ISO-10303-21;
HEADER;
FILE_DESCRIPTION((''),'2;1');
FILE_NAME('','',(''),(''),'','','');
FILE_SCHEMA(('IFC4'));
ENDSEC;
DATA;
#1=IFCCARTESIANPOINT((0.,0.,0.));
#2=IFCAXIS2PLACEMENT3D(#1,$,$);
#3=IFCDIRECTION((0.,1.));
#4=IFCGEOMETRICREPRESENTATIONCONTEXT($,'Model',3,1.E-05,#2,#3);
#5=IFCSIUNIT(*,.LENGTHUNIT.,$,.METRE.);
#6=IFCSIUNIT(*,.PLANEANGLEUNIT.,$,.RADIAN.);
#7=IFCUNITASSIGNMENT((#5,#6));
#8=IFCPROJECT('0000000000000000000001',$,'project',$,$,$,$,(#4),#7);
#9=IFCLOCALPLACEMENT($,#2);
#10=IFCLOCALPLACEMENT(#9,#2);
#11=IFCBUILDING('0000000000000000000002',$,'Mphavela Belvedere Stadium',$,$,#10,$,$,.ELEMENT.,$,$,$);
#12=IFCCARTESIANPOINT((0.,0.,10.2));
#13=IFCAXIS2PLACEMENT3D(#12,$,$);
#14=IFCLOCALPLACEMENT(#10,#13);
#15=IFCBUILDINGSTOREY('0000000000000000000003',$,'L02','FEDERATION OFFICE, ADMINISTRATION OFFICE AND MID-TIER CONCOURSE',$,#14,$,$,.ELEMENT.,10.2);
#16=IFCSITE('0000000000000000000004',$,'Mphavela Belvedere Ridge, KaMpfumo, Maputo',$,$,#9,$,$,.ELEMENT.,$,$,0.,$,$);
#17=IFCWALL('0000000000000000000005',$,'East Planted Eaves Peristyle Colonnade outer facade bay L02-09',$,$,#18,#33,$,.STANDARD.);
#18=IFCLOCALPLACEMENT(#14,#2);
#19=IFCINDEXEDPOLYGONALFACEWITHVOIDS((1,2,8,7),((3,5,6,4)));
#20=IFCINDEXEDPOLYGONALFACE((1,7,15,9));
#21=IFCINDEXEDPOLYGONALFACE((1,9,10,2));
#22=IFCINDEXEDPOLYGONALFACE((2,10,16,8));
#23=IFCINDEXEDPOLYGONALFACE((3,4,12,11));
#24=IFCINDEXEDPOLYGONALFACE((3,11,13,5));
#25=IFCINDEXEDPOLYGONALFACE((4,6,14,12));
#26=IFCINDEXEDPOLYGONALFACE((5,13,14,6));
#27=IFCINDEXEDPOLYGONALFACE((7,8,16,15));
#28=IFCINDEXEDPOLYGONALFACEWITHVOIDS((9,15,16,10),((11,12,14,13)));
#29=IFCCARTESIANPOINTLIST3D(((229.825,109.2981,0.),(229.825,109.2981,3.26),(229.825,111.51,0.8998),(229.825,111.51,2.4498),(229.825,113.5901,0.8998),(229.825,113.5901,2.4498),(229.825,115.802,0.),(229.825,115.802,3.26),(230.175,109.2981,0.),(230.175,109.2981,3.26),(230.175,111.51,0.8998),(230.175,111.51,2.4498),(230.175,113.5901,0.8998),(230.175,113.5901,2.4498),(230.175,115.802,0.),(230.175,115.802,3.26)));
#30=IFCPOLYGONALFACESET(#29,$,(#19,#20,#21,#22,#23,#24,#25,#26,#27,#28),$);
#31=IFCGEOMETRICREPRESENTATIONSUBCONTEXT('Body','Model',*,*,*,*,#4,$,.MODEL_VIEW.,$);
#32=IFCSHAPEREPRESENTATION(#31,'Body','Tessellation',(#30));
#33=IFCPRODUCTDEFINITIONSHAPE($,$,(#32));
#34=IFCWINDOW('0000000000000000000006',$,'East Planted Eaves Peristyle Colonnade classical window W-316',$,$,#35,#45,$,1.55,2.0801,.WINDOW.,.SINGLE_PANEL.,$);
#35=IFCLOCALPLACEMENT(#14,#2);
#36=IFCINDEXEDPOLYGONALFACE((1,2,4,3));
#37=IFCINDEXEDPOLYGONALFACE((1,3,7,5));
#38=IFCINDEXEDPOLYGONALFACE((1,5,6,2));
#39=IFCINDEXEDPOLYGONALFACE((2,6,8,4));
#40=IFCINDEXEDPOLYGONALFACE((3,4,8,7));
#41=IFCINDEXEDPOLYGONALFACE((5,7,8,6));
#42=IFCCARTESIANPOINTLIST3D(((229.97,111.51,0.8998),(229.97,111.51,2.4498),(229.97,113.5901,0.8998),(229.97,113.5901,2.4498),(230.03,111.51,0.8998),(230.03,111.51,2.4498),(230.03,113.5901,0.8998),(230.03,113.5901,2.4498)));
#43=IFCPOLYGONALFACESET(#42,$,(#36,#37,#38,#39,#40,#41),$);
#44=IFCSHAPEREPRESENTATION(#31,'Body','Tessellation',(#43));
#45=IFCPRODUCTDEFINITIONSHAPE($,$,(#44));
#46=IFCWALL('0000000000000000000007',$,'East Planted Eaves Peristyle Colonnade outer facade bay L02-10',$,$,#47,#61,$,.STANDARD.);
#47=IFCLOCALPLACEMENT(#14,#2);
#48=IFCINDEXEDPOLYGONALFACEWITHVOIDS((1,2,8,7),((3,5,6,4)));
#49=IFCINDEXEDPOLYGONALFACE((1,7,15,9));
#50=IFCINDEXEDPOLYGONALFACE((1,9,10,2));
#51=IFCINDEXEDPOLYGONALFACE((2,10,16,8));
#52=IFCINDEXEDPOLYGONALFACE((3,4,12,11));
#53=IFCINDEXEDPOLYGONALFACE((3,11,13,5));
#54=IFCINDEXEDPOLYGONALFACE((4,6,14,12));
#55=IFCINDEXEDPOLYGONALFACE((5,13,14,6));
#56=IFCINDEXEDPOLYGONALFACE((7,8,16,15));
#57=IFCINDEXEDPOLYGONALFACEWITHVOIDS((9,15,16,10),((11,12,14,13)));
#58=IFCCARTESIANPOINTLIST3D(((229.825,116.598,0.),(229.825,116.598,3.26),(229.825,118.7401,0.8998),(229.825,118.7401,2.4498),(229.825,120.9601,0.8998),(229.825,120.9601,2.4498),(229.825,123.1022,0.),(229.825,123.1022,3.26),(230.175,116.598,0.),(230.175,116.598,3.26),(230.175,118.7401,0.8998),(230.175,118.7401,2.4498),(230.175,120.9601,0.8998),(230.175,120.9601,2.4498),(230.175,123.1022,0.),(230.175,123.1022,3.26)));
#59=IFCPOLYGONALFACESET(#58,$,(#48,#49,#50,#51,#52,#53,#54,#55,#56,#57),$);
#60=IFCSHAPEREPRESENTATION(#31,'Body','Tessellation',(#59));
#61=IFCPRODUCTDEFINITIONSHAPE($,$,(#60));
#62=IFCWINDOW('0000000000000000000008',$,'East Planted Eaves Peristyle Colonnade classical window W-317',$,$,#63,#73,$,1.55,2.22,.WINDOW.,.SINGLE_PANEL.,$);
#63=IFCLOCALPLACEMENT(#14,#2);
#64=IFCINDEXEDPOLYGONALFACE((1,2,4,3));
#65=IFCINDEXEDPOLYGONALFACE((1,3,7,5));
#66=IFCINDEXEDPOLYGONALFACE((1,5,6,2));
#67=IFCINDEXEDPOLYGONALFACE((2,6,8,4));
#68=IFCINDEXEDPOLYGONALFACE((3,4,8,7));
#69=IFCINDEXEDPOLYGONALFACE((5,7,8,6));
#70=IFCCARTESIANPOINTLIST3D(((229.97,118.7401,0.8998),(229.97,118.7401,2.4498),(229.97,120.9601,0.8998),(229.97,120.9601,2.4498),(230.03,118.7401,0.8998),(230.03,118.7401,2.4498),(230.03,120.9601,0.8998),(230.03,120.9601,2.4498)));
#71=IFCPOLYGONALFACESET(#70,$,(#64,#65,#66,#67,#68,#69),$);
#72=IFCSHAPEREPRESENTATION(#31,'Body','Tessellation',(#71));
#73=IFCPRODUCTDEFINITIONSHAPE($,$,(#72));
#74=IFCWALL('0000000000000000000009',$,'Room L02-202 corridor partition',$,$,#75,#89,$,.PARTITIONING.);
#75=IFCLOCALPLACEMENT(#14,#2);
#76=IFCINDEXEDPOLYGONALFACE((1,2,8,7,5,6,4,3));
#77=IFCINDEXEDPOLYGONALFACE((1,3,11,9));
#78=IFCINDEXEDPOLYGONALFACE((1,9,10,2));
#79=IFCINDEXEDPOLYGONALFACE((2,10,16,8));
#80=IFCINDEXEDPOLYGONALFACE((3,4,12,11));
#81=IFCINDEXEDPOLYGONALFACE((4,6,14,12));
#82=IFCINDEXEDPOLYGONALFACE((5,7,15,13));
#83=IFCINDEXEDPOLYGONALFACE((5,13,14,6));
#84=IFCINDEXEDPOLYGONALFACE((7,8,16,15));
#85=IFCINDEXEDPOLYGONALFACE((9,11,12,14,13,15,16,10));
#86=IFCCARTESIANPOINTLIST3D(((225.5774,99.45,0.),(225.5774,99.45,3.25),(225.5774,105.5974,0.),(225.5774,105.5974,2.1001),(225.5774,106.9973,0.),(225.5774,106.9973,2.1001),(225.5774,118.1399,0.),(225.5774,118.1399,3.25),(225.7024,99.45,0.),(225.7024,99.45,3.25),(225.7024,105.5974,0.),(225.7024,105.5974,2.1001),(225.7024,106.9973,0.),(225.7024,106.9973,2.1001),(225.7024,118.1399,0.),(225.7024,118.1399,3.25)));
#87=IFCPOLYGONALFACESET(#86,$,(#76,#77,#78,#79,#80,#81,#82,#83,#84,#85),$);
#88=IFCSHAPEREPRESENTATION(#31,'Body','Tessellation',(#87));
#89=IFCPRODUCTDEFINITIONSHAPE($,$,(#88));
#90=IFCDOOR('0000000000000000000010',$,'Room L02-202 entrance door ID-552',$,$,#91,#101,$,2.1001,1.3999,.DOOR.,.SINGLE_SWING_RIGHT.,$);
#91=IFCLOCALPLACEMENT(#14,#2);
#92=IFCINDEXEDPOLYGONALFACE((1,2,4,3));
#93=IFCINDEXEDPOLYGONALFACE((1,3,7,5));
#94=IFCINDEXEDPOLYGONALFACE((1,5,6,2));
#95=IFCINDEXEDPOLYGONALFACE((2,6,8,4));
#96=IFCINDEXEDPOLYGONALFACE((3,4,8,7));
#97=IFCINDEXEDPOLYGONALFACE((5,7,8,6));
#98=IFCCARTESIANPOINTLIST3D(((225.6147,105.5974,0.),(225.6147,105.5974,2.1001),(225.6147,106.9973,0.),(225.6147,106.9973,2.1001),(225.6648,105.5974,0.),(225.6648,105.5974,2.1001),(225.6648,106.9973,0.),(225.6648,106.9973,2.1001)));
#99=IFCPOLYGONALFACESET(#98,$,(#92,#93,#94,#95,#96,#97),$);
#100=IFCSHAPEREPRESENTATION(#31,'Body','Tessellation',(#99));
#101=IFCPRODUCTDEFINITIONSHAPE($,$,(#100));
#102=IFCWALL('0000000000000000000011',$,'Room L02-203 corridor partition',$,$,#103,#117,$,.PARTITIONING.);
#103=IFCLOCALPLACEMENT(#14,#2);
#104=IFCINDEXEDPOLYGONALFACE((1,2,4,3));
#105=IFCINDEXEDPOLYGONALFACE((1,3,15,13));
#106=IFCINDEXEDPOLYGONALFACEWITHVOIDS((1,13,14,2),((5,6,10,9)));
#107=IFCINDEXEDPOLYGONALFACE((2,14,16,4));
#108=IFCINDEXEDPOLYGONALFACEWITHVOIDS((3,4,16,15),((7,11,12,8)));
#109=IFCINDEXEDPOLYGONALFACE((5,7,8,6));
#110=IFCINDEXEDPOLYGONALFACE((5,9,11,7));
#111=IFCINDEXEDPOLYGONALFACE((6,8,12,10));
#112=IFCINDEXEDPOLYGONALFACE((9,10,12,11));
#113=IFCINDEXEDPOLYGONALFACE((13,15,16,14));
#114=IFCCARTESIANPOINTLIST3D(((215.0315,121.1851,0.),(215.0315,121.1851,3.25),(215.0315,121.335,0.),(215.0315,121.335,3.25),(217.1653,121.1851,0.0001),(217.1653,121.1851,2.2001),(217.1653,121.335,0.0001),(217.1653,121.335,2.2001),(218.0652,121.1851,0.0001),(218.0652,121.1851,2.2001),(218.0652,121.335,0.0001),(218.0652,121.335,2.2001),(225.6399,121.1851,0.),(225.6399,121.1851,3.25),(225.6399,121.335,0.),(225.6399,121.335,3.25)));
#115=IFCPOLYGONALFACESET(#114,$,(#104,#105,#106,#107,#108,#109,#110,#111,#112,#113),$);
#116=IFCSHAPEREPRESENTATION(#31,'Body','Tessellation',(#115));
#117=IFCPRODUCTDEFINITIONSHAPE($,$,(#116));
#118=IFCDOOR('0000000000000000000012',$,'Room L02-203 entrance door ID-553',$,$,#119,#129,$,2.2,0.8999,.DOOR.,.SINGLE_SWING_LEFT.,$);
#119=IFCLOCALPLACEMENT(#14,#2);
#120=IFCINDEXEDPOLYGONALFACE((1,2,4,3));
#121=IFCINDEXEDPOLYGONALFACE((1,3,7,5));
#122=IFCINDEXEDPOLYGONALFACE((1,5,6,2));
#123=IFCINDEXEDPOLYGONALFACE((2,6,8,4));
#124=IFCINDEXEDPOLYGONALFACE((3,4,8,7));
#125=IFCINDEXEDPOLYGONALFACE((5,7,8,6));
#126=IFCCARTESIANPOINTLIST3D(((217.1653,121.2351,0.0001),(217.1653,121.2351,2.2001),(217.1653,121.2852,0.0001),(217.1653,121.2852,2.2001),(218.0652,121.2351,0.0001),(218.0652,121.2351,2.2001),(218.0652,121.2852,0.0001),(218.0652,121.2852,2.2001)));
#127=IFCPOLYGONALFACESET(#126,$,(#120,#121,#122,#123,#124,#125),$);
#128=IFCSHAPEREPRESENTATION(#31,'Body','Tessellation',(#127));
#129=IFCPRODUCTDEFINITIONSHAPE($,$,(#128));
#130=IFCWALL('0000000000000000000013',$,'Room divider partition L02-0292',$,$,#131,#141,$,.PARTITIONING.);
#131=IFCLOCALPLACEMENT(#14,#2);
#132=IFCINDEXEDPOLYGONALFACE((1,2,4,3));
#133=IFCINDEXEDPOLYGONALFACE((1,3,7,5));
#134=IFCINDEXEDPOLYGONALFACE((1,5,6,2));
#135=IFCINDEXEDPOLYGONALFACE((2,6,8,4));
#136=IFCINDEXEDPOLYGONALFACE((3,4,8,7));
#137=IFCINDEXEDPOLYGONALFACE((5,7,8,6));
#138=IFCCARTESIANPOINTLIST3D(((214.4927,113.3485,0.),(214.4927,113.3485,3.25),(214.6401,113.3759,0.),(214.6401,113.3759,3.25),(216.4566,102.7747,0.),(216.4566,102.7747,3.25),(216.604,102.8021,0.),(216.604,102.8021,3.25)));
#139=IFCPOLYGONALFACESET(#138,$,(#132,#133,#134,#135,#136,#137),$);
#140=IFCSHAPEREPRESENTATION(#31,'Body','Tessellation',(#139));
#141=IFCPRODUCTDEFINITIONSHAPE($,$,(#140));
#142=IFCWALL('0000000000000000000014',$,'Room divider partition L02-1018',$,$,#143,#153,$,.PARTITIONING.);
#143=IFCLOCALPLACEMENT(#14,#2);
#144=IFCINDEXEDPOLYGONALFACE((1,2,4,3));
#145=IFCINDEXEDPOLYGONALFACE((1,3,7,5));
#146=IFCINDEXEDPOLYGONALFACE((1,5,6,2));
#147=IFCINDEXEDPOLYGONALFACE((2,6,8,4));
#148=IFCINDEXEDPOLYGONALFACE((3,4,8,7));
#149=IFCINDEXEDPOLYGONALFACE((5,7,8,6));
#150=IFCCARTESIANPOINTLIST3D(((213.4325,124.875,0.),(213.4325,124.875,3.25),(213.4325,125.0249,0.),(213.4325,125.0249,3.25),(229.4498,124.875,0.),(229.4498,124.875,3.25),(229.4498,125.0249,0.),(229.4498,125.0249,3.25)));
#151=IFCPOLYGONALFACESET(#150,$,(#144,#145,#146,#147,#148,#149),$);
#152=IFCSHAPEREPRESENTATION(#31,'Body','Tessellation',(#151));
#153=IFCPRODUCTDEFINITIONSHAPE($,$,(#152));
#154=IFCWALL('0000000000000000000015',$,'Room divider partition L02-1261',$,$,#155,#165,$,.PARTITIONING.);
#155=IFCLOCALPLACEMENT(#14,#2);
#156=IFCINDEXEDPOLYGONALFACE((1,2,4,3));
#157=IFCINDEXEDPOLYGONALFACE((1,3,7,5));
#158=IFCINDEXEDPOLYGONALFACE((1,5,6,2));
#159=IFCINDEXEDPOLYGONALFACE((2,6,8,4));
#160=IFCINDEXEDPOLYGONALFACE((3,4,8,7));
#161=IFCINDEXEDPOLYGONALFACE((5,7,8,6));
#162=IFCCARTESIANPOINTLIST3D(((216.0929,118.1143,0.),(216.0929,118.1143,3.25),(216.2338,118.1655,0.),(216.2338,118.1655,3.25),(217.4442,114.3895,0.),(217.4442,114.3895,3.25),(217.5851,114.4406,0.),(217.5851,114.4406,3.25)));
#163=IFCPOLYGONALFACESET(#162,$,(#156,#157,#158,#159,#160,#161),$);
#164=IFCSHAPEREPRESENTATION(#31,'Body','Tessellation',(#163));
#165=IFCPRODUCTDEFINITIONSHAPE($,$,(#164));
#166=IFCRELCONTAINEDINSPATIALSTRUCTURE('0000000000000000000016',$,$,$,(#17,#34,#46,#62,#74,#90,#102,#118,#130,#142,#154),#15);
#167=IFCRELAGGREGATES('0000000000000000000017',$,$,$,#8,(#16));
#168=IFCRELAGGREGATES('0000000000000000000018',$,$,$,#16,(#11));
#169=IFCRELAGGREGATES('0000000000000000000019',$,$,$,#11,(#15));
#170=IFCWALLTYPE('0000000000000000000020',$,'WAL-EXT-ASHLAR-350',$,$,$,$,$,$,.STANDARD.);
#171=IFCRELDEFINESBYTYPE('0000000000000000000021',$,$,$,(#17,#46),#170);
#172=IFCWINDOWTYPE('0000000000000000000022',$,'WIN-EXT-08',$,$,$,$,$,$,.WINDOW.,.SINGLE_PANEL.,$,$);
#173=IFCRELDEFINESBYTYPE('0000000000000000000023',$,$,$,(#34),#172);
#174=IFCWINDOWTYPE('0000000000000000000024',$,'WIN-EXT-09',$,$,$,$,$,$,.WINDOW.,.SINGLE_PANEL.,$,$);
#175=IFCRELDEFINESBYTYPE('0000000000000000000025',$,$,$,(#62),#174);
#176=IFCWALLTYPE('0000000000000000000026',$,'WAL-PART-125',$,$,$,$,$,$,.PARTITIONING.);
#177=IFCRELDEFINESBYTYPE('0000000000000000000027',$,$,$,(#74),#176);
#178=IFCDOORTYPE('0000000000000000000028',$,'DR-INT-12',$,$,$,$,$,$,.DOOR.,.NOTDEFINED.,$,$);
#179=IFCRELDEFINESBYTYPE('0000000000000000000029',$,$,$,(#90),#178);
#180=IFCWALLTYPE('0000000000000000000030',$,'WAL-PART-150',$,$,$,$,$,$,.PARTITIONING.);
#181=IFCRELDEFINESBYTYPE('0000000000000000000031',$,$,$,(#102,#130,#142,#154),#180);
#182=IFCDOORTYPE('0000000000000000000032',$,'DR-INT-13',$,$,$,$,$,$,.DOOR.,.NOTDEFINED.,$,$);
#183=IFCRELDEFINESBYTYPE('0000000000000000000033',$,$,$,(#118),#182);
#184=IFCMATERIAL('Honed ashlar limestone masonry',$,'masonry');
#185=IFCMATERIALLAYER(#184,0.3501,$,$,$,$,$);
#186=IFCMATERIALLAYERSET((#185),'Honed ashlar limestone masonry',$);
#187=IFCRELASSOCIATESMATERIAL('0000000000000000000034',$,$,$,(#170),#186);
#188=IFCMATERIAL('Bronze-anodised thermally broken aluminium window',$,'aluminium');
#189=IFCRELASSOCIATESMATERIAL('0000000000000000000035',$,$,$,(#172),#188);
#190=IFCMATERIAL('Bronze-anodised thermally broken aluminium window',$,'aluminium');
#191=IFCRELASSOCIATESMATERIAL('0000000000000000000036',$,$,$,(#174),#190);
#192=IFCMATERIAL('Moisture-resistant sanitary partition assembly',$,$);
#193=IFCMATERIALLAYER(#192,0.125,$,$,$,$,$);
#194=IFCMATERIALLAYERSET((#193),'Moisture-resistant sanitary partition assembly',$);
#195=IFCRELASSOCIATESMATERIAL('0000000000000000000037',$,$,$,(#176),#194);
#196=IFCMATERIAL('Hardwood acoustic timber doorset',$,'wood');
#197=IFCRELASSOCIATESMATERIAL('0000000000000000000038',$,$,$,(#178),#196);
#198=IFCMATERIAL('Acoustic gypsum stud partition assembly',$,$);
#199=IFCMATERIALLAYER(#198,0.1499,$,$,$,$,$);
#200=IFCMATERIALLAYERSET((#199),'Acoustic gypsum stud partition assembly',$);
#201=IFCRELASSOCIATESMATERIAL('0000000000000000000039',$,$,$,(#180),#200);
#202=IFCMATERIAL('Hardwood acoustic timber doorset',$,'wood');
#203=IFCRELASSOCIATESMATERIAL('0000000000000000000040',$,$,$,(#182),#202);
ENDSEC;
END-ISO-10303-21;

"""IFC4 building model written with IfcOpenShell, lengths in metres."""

from ifc_helpers import new_model, si_unit, direction, frame, frame_2d, origin, place, context, subcontext, project, spatial, rectangle, extrude, material, layer, layer_set, type_object, element, fill, save


model = new_model("IFC4")

# Units and contexts
model_context = context("Model", 3, precision=1e-05, world=origin(), true_north=direction((0.0, 1.0)))
body_context = subcontext(model_context, "Body", "Model", "MODEL_VIEW")
ifc_project = project(units=[si_unit("LENGTHUNIT", "METRE"), si_unit("PLANEANGLEUNIT", "RADIAN")], contexts=[model_context])

# Site, building, storey
site_placement = place(None, origin())
site = spatial("IfcSite", under=ifc_project, at=site_placement, Name="Mphavela Belvedere Ridge, KaMpfumo, Maputo", CompositionType="ELEMENT", RefElevation=0.0)
building_placement = place(site_placement, origin())
building = spatial("IfcBuilding", under=site, at=building_placement, Name="Mphavela Belvedere Stadium", CompositionType="ELEMENT")
storey_placement = place(building_placement, frame((0.0, 0.0, 10.2)))
storey = spatial("IfcBuildingStorey", under=building, at=storey_placement, Name="L02", Description="FEDERATION OFFICE, ADMINISTRATION OFFICE AND MID-TIER CONCOURSE", CompositionType="ELEMENT", Elevation=10.2)

# Walls, openings, windows
ifc_material_1 = material(Name="Honed ashlar limestone masonry", Category="masonry")
ifc_layer_1 = layer(ifc_material_1, 0.3501)
ifc_layer_set_1 = layer_set([ifc_layer_1], Name="Honed ashlar limestone masonry")
wall_type_1 = type_object("IfcWallType", Name="WAL-EXT-ASHLAR-350", PredefinedType="STANDARD", material=ifc_layer_set_1)
wall_1_placement = place(storey_placement, frame((230.0, 115.802, 0.0), z_axis=(0.0, 0.0, 1.0), x_axis=(0.0, -1.0, 0.0)))
wall_1 = element("IfcWall", 1, at=wall_1_placement, inside=storey, type_object=wall_type_1, Name="East Planted Eaves Peristyle Colonnade outer facade bay L02-09", PredefinedType="STANDARD", context=body_context, shape_type="SweptSolid", body=[
    extrude(rectangle(XDim=6.5039, YDim=0.3501, at=frame_2d((3.252, 0.0))), origin(), (0.0, 0.0, 1.0), 3.26),
])
opening_1_placement = place(wall_1_placement, frame((2.2119, 0.0, 0.8999)))
opening_1 = element("IfcOpeningElement", 2, at=opening_1_placement, cuts=wall_1, PredefinedType="OPENING", context=body_context, shape_type="SweptSolid", body=[
    extrude(rectangle(XDim=2.0801, YDim=1.55, at=frame_2d((1.04, 0.7749))), frame((0.0, 0.1851, 0.0), z_axis=(0.0, -1.0, 0.0), x_axis=(1.0, 0.0, 0.0)), (0.0, 0.0, 1.0), 0.3701),
])
ifc_material_2 = material(Name="Bronze-anodised thermally broken aluminium window", Category="aluminium")
window_type_1 = type_object("IfcWindowType", Name="WIN-EXT-08", PartitioningType="SINGLE_PANEL", PredefinedType="WINDOW", material=ifc_material_2)
window_1_placement = place(opening_1_placement, origin())
window_1 = element("IfcWindow", 3, at=window_1_placement, inside=storey, type_object=window_type_1, Name="East Planted Eaves Peristyle Colonnade classical window W-316", OverallHeight=1.55, OverallWidth=2.0801, PartitioningType="SINGLE_PANEL", PredefinedType="WINDOW", context=body_context, shape_type="SweptSolid", body=[
    extrude(rectangle(XDim=2.0801, YDim=1.55, at=frame_2d((1.04, 0.7749))), frame((0.0, 0.03, 0.0), z_axis=(0.0, -1.0, 0.0), x_axis=(1.0, 0.0, 0.0)), (0.0, 0.0, 1.0), 0.0601),
])
fill(opening_1, window_1)
wall_2_placement = place(storey_placement, frame((230.0, 123.1021, 0.0), z_axis=(0.0, 0.0, 1.0), x_axis=(0.0, -1.0, 0.0)))
wall_2 = element("IfcWall", 4, at=wall_2_placement, inside=storey, type_object=wall_type_1, Name="East Planted Eaves Peristyle Colonnade outer facade bay L02-10", PredefinedType="STANDARD", context=body_context, shape_type="SweptSolid", body=[
    extrude(rectangle(XDim=6.5042, YDim=0.3501, at=frame_2d((3.252, 0.0))), origin(), (0.0, 0.0, 1.0), 3.26),
])
opening_2_placement = place(wall_2_placement, frame((2.1421, 0.0, 0.8999)))
opening_2 = element("IfcOpeningElement", 5, at=opening_2_placement, cuts=wall_2, PredefinedType="OPENING", context=body_context, shape_type="SweptSolid", body=[
    extrude(rectangle(XDim=2.22, YDim=1.55, at=frame_2d((1.1099, 0.7749))), frame((0.0, 0.1851, 0.0), z_axis=(0.0, -1.0, 0.0), x_axis=(1.0, 0.0, 0.0)), (0.0, 0.0, 1.0), 0.3701),
])
ifc_material_3 = material(Name="Bronze-anodised thermally broken aluminium window", Category="aluminium")
window_type_2 = type_object("IfcWindowType", Name="WIN-EXT-09", PartitioningType="SINGLE_PANEL", PredefinedType="WINDOW", material=ifc_material_3)
window_2_placement = place(opening_2_placement, origin())
window_2 = element("IfcWindow", 6, at=window_2_placement, inside=storey, type_object=window_type_2, Name="East Planted Eaves Peristyle Colonnade classical window W-317", OverallHeight=1.55, OverallWidth=2.22, PartitioningType="SINGLE_PANEL", PredefinedType="WINDOW", context=body_context, shape_type="SweptSolid", body=[
    extrude(rectangle(XDim=2.22, YDim=1.55, at=frame_2d((1.1099, 0.7749))), frame((0.0, 0.03, 0.0), z_axis=(0.0, -1.0, 0.0), x_axis=(1.0, 0.0, 0.0)), (0.0, 0.0, 1.0), 0.0601),
])
fill(opening_2, window_2)

# Walls, openings, doors
ifc_material_4 = material(Name="Moisture-resistant sanitary partition assembly")
ifc_layer_2 = layer(ifc_material_4, 0.125)
ifc_layer_set_2 = layer_set([ifc_layer_2], Name="Moisture-resistant sanitary partition assembly")
wall_type_2 = type_object("IfcWallType", Name="WAL-PART-125", PredefinedType="PARTITIONING", material=ifc_layer_set_2)
wall_3_placement = place(storey_placement, frame((225.6399, 118.1399, 0.0), z_axis=(0.0, 0.0, 1.0), x_axis=(0.0, -1.0, 0.0)))
wall_3 = element("IfcWall", 7, at=wall_3_placement, inside=storey, type_object=wall_type_2, Name="Room L02-202 corridor partition", PredefinedType="PARTITIONING", context=body_context, shape_type="SweptSolid", body=[
    extrude(rectangle(XDim=18.6899, YDim=0.125, at=frame_2d((9.345, 0.0))), origin(), (0.0, 0.0, 1.0), 3.25),
])
opening_3_placement = place(wall_3_placement, frame((11.1426, 0.0, 0.0)))
opening_3 = element("IfcOpeningElement", 8, at=opening_3_placement, cuts=wall_3, PredefinedType="OPENING", context=body_context, shape_type="SweptSolid", body=[
    extrude(rectangle(XDim=1.3999, YDim=2.1001, at=frame_2d((0.7, 1.05))), frame((0.0, 0.0725, 0.0), z_axis=(0.0, -1.0, 0.0), x_axis=(1.0, 0.0, 0.0)), (0.0, 0.0, 1.0), 0.145),
])
ifc_material_5 = material(Name="Hardwood acoustic timber doorset", Category="wood")
door_type_1 = type_object("IfcDoorType", Name="DR-INT-12", OperationType="NOTDEFINED", PredefinedType="DOOR", material=ifc_material_5)
door_1_placement = place(opening_3_placement, origin())
door_1 = element("IfcDoor", 9, at=door_1_placement, inside=storey, type_object=door_type_1, Name="Room L02-202 entrance door ID-552", OperationType="SINGLE_SWING_RIGHT", OverallHeight=2.1001, OverallWidth=1.3999, PredefinedType="DOOR", context=body_context, shape_type="SweptSolid", body=[
    extrude(rectangle(XDim=1.3999, YDim=2.1001, at=frame_2d((0.7, 1.05))), frame((0.0, 0.0249, 0.0), z_axis=(0.0, -1.0, 0.0), x_axis=(1.0, 0.0, 0.0)), (0.0, 0.0, 1.0), 0.05),
])
fill(opening_3, door_1)
ifc_material_6 = material(Name="Acoustic gypsum stud partition assembly")
ifc_layer_3 = layer(ifc_material_6, 0.1499)
ifc_layer_set_3 = layer_set([ifc_layer_3], Name="Acoustic gypsum stud partition assembly")
wall_type_3 = type_object("IfcWallType", Name="WAL-PART-150", PredefinedType="PARTITIONING", material=ifc_layer_set_3)
wall_4_placement = place(storey_placement, frame((225.6399, 121.26, 0.0), z_axis=(0.0, 0.0, 1.0), x_axis=(-1.0, 0.0, 0.0)))
wall_4 = element("IfcWall", 10, at=wall_4_placement, inside=storey, type_object=wall_type_3, Name="Room L02-203 corridor partition", PredefinedType="PARTITIONING", context=body_context, shape_type="SweptSolid", body=[
    extrude(rectangle(XDim=10.6084, YDim=0.1499, at=frame_2d((5.3042, 0.0))), origin(), (0.0, 0.0, 1.0), 3.25),
])
opening_4_placement = place(wall_4_placement, frame((7.5747, 0.0, 0.0)))
opening_4 = element("IfcOpeningElement", 11, at=opening_4_placement, cuts=wall_4, PredefinedType="OPENING", context=body_context, shape_type="SweptSolid", body=[
    extrude(rectangle(XDim=0.8999, YDim=2.2, at=frame_2d((0.45, 1.1001))), frame((0.0, 0.085, 0.0), z_axis=(0.0, -1.0, 0.0), x_axis=(1.0, 0.0, 0.0)), (0.0, 0.0, 1.0), 0.1699),
])
ifc_material_7 = material(Name="Hardwood acoustic timber doorset", Category="wood")
door_type_2 = type_object("IfcDoorType", Name="DR-INT-13", OperationType="NOTDEFINED", PredefinedType="DOOR", material=ifc_material_7)
door_2_placement = place(opening_4_placement, origin())
door_2 = element("IfcDoor", 12, at=door_2_placement, inside=storey, type_object=door_type_2, Name="Room L02-203 entrance door ID-553", OperationType="SINGLE_SWING_LEFT", OverallHeight=2.2, OverallWidth=0.8999, PredefinedType="DOOR", context=body_context, shape_type="SweptSolid", body=[
    extrude(rectangle(XDim=0.8999, YDim=2.2, at=frame_2d((0.45, 1.1001))), frame((0.0, 0.0249, 0.0), z_axis=(0.0, -1.0, 0.0), x_axis=(1.0, 0.0, 0.0)), (0.0, 0.0, 1.0), 0.05),
])
fill(opening_4, door_2)

# Walls
wall_5_placement = place(storey_placement, frame((214.5664, 113.3623, 0.0), z_axis=(0.0, 0.0, 1.0), x_axis=(0.182608, -0.983186, 0.0)))
element("IfcWall", 13, at=wall_5_placement, inside=storey, type_object=wall_type_3, Name="Room divider partition L02-0292", PredefinedType="PARTITIONING", context=body_context, shape_type="SweptSolid", body=[
    extrude(rectangle(XDim=10.7546, YDim=0.1499, at=frame_2d((5.3774, 0.0))), origin(), (0.0, 0.0, 1.0), 3.25),
])
wall_6_placement = place(storey_placement, frame((229.45, 124.95, 0.0), z_axis=(0.0, 0.0, 1.0), x_axis=(-1.0, 0.0, 0.0)))
element("IfcWall", 14, at=wall_6_placement, inside=storey, type_object=wall_type_3, Name="Room divider partition L02-1018", PredefinedType="PARTITIONING", context=body_context, shape_type="SweptSolid", body=[
    extrude(rectangle(XDim=16.0173, YDim=0.1499, at=frame_2d((8.0088, 0.0))), origin(), (0.0, 0.0, 1.0), 3.25),
])
wall_7_placement = place(storey_placement, frame((217.5146, 114.415, 0.0), z_axis=(0.0, 0.0, 1.0), x_axis=(-0.341036, 0.94005, 0.0)))
element("IfcWall", 15, at=wall_7_placement, inside=storey, type_object=wall_type_3, Name="Room divider partition L02-1261", PredefinedType="PARTITIONING", context=body_context, shape_type="SweptSolid", body=[
    extrude(rectangle(XDim=3.9624, YDim=0.1499, at=frame_2d((1.9812, 0.0))), origin(), (0.0, 0.0, 1.0), 3.25),
])

save(model, "model.ifc")
